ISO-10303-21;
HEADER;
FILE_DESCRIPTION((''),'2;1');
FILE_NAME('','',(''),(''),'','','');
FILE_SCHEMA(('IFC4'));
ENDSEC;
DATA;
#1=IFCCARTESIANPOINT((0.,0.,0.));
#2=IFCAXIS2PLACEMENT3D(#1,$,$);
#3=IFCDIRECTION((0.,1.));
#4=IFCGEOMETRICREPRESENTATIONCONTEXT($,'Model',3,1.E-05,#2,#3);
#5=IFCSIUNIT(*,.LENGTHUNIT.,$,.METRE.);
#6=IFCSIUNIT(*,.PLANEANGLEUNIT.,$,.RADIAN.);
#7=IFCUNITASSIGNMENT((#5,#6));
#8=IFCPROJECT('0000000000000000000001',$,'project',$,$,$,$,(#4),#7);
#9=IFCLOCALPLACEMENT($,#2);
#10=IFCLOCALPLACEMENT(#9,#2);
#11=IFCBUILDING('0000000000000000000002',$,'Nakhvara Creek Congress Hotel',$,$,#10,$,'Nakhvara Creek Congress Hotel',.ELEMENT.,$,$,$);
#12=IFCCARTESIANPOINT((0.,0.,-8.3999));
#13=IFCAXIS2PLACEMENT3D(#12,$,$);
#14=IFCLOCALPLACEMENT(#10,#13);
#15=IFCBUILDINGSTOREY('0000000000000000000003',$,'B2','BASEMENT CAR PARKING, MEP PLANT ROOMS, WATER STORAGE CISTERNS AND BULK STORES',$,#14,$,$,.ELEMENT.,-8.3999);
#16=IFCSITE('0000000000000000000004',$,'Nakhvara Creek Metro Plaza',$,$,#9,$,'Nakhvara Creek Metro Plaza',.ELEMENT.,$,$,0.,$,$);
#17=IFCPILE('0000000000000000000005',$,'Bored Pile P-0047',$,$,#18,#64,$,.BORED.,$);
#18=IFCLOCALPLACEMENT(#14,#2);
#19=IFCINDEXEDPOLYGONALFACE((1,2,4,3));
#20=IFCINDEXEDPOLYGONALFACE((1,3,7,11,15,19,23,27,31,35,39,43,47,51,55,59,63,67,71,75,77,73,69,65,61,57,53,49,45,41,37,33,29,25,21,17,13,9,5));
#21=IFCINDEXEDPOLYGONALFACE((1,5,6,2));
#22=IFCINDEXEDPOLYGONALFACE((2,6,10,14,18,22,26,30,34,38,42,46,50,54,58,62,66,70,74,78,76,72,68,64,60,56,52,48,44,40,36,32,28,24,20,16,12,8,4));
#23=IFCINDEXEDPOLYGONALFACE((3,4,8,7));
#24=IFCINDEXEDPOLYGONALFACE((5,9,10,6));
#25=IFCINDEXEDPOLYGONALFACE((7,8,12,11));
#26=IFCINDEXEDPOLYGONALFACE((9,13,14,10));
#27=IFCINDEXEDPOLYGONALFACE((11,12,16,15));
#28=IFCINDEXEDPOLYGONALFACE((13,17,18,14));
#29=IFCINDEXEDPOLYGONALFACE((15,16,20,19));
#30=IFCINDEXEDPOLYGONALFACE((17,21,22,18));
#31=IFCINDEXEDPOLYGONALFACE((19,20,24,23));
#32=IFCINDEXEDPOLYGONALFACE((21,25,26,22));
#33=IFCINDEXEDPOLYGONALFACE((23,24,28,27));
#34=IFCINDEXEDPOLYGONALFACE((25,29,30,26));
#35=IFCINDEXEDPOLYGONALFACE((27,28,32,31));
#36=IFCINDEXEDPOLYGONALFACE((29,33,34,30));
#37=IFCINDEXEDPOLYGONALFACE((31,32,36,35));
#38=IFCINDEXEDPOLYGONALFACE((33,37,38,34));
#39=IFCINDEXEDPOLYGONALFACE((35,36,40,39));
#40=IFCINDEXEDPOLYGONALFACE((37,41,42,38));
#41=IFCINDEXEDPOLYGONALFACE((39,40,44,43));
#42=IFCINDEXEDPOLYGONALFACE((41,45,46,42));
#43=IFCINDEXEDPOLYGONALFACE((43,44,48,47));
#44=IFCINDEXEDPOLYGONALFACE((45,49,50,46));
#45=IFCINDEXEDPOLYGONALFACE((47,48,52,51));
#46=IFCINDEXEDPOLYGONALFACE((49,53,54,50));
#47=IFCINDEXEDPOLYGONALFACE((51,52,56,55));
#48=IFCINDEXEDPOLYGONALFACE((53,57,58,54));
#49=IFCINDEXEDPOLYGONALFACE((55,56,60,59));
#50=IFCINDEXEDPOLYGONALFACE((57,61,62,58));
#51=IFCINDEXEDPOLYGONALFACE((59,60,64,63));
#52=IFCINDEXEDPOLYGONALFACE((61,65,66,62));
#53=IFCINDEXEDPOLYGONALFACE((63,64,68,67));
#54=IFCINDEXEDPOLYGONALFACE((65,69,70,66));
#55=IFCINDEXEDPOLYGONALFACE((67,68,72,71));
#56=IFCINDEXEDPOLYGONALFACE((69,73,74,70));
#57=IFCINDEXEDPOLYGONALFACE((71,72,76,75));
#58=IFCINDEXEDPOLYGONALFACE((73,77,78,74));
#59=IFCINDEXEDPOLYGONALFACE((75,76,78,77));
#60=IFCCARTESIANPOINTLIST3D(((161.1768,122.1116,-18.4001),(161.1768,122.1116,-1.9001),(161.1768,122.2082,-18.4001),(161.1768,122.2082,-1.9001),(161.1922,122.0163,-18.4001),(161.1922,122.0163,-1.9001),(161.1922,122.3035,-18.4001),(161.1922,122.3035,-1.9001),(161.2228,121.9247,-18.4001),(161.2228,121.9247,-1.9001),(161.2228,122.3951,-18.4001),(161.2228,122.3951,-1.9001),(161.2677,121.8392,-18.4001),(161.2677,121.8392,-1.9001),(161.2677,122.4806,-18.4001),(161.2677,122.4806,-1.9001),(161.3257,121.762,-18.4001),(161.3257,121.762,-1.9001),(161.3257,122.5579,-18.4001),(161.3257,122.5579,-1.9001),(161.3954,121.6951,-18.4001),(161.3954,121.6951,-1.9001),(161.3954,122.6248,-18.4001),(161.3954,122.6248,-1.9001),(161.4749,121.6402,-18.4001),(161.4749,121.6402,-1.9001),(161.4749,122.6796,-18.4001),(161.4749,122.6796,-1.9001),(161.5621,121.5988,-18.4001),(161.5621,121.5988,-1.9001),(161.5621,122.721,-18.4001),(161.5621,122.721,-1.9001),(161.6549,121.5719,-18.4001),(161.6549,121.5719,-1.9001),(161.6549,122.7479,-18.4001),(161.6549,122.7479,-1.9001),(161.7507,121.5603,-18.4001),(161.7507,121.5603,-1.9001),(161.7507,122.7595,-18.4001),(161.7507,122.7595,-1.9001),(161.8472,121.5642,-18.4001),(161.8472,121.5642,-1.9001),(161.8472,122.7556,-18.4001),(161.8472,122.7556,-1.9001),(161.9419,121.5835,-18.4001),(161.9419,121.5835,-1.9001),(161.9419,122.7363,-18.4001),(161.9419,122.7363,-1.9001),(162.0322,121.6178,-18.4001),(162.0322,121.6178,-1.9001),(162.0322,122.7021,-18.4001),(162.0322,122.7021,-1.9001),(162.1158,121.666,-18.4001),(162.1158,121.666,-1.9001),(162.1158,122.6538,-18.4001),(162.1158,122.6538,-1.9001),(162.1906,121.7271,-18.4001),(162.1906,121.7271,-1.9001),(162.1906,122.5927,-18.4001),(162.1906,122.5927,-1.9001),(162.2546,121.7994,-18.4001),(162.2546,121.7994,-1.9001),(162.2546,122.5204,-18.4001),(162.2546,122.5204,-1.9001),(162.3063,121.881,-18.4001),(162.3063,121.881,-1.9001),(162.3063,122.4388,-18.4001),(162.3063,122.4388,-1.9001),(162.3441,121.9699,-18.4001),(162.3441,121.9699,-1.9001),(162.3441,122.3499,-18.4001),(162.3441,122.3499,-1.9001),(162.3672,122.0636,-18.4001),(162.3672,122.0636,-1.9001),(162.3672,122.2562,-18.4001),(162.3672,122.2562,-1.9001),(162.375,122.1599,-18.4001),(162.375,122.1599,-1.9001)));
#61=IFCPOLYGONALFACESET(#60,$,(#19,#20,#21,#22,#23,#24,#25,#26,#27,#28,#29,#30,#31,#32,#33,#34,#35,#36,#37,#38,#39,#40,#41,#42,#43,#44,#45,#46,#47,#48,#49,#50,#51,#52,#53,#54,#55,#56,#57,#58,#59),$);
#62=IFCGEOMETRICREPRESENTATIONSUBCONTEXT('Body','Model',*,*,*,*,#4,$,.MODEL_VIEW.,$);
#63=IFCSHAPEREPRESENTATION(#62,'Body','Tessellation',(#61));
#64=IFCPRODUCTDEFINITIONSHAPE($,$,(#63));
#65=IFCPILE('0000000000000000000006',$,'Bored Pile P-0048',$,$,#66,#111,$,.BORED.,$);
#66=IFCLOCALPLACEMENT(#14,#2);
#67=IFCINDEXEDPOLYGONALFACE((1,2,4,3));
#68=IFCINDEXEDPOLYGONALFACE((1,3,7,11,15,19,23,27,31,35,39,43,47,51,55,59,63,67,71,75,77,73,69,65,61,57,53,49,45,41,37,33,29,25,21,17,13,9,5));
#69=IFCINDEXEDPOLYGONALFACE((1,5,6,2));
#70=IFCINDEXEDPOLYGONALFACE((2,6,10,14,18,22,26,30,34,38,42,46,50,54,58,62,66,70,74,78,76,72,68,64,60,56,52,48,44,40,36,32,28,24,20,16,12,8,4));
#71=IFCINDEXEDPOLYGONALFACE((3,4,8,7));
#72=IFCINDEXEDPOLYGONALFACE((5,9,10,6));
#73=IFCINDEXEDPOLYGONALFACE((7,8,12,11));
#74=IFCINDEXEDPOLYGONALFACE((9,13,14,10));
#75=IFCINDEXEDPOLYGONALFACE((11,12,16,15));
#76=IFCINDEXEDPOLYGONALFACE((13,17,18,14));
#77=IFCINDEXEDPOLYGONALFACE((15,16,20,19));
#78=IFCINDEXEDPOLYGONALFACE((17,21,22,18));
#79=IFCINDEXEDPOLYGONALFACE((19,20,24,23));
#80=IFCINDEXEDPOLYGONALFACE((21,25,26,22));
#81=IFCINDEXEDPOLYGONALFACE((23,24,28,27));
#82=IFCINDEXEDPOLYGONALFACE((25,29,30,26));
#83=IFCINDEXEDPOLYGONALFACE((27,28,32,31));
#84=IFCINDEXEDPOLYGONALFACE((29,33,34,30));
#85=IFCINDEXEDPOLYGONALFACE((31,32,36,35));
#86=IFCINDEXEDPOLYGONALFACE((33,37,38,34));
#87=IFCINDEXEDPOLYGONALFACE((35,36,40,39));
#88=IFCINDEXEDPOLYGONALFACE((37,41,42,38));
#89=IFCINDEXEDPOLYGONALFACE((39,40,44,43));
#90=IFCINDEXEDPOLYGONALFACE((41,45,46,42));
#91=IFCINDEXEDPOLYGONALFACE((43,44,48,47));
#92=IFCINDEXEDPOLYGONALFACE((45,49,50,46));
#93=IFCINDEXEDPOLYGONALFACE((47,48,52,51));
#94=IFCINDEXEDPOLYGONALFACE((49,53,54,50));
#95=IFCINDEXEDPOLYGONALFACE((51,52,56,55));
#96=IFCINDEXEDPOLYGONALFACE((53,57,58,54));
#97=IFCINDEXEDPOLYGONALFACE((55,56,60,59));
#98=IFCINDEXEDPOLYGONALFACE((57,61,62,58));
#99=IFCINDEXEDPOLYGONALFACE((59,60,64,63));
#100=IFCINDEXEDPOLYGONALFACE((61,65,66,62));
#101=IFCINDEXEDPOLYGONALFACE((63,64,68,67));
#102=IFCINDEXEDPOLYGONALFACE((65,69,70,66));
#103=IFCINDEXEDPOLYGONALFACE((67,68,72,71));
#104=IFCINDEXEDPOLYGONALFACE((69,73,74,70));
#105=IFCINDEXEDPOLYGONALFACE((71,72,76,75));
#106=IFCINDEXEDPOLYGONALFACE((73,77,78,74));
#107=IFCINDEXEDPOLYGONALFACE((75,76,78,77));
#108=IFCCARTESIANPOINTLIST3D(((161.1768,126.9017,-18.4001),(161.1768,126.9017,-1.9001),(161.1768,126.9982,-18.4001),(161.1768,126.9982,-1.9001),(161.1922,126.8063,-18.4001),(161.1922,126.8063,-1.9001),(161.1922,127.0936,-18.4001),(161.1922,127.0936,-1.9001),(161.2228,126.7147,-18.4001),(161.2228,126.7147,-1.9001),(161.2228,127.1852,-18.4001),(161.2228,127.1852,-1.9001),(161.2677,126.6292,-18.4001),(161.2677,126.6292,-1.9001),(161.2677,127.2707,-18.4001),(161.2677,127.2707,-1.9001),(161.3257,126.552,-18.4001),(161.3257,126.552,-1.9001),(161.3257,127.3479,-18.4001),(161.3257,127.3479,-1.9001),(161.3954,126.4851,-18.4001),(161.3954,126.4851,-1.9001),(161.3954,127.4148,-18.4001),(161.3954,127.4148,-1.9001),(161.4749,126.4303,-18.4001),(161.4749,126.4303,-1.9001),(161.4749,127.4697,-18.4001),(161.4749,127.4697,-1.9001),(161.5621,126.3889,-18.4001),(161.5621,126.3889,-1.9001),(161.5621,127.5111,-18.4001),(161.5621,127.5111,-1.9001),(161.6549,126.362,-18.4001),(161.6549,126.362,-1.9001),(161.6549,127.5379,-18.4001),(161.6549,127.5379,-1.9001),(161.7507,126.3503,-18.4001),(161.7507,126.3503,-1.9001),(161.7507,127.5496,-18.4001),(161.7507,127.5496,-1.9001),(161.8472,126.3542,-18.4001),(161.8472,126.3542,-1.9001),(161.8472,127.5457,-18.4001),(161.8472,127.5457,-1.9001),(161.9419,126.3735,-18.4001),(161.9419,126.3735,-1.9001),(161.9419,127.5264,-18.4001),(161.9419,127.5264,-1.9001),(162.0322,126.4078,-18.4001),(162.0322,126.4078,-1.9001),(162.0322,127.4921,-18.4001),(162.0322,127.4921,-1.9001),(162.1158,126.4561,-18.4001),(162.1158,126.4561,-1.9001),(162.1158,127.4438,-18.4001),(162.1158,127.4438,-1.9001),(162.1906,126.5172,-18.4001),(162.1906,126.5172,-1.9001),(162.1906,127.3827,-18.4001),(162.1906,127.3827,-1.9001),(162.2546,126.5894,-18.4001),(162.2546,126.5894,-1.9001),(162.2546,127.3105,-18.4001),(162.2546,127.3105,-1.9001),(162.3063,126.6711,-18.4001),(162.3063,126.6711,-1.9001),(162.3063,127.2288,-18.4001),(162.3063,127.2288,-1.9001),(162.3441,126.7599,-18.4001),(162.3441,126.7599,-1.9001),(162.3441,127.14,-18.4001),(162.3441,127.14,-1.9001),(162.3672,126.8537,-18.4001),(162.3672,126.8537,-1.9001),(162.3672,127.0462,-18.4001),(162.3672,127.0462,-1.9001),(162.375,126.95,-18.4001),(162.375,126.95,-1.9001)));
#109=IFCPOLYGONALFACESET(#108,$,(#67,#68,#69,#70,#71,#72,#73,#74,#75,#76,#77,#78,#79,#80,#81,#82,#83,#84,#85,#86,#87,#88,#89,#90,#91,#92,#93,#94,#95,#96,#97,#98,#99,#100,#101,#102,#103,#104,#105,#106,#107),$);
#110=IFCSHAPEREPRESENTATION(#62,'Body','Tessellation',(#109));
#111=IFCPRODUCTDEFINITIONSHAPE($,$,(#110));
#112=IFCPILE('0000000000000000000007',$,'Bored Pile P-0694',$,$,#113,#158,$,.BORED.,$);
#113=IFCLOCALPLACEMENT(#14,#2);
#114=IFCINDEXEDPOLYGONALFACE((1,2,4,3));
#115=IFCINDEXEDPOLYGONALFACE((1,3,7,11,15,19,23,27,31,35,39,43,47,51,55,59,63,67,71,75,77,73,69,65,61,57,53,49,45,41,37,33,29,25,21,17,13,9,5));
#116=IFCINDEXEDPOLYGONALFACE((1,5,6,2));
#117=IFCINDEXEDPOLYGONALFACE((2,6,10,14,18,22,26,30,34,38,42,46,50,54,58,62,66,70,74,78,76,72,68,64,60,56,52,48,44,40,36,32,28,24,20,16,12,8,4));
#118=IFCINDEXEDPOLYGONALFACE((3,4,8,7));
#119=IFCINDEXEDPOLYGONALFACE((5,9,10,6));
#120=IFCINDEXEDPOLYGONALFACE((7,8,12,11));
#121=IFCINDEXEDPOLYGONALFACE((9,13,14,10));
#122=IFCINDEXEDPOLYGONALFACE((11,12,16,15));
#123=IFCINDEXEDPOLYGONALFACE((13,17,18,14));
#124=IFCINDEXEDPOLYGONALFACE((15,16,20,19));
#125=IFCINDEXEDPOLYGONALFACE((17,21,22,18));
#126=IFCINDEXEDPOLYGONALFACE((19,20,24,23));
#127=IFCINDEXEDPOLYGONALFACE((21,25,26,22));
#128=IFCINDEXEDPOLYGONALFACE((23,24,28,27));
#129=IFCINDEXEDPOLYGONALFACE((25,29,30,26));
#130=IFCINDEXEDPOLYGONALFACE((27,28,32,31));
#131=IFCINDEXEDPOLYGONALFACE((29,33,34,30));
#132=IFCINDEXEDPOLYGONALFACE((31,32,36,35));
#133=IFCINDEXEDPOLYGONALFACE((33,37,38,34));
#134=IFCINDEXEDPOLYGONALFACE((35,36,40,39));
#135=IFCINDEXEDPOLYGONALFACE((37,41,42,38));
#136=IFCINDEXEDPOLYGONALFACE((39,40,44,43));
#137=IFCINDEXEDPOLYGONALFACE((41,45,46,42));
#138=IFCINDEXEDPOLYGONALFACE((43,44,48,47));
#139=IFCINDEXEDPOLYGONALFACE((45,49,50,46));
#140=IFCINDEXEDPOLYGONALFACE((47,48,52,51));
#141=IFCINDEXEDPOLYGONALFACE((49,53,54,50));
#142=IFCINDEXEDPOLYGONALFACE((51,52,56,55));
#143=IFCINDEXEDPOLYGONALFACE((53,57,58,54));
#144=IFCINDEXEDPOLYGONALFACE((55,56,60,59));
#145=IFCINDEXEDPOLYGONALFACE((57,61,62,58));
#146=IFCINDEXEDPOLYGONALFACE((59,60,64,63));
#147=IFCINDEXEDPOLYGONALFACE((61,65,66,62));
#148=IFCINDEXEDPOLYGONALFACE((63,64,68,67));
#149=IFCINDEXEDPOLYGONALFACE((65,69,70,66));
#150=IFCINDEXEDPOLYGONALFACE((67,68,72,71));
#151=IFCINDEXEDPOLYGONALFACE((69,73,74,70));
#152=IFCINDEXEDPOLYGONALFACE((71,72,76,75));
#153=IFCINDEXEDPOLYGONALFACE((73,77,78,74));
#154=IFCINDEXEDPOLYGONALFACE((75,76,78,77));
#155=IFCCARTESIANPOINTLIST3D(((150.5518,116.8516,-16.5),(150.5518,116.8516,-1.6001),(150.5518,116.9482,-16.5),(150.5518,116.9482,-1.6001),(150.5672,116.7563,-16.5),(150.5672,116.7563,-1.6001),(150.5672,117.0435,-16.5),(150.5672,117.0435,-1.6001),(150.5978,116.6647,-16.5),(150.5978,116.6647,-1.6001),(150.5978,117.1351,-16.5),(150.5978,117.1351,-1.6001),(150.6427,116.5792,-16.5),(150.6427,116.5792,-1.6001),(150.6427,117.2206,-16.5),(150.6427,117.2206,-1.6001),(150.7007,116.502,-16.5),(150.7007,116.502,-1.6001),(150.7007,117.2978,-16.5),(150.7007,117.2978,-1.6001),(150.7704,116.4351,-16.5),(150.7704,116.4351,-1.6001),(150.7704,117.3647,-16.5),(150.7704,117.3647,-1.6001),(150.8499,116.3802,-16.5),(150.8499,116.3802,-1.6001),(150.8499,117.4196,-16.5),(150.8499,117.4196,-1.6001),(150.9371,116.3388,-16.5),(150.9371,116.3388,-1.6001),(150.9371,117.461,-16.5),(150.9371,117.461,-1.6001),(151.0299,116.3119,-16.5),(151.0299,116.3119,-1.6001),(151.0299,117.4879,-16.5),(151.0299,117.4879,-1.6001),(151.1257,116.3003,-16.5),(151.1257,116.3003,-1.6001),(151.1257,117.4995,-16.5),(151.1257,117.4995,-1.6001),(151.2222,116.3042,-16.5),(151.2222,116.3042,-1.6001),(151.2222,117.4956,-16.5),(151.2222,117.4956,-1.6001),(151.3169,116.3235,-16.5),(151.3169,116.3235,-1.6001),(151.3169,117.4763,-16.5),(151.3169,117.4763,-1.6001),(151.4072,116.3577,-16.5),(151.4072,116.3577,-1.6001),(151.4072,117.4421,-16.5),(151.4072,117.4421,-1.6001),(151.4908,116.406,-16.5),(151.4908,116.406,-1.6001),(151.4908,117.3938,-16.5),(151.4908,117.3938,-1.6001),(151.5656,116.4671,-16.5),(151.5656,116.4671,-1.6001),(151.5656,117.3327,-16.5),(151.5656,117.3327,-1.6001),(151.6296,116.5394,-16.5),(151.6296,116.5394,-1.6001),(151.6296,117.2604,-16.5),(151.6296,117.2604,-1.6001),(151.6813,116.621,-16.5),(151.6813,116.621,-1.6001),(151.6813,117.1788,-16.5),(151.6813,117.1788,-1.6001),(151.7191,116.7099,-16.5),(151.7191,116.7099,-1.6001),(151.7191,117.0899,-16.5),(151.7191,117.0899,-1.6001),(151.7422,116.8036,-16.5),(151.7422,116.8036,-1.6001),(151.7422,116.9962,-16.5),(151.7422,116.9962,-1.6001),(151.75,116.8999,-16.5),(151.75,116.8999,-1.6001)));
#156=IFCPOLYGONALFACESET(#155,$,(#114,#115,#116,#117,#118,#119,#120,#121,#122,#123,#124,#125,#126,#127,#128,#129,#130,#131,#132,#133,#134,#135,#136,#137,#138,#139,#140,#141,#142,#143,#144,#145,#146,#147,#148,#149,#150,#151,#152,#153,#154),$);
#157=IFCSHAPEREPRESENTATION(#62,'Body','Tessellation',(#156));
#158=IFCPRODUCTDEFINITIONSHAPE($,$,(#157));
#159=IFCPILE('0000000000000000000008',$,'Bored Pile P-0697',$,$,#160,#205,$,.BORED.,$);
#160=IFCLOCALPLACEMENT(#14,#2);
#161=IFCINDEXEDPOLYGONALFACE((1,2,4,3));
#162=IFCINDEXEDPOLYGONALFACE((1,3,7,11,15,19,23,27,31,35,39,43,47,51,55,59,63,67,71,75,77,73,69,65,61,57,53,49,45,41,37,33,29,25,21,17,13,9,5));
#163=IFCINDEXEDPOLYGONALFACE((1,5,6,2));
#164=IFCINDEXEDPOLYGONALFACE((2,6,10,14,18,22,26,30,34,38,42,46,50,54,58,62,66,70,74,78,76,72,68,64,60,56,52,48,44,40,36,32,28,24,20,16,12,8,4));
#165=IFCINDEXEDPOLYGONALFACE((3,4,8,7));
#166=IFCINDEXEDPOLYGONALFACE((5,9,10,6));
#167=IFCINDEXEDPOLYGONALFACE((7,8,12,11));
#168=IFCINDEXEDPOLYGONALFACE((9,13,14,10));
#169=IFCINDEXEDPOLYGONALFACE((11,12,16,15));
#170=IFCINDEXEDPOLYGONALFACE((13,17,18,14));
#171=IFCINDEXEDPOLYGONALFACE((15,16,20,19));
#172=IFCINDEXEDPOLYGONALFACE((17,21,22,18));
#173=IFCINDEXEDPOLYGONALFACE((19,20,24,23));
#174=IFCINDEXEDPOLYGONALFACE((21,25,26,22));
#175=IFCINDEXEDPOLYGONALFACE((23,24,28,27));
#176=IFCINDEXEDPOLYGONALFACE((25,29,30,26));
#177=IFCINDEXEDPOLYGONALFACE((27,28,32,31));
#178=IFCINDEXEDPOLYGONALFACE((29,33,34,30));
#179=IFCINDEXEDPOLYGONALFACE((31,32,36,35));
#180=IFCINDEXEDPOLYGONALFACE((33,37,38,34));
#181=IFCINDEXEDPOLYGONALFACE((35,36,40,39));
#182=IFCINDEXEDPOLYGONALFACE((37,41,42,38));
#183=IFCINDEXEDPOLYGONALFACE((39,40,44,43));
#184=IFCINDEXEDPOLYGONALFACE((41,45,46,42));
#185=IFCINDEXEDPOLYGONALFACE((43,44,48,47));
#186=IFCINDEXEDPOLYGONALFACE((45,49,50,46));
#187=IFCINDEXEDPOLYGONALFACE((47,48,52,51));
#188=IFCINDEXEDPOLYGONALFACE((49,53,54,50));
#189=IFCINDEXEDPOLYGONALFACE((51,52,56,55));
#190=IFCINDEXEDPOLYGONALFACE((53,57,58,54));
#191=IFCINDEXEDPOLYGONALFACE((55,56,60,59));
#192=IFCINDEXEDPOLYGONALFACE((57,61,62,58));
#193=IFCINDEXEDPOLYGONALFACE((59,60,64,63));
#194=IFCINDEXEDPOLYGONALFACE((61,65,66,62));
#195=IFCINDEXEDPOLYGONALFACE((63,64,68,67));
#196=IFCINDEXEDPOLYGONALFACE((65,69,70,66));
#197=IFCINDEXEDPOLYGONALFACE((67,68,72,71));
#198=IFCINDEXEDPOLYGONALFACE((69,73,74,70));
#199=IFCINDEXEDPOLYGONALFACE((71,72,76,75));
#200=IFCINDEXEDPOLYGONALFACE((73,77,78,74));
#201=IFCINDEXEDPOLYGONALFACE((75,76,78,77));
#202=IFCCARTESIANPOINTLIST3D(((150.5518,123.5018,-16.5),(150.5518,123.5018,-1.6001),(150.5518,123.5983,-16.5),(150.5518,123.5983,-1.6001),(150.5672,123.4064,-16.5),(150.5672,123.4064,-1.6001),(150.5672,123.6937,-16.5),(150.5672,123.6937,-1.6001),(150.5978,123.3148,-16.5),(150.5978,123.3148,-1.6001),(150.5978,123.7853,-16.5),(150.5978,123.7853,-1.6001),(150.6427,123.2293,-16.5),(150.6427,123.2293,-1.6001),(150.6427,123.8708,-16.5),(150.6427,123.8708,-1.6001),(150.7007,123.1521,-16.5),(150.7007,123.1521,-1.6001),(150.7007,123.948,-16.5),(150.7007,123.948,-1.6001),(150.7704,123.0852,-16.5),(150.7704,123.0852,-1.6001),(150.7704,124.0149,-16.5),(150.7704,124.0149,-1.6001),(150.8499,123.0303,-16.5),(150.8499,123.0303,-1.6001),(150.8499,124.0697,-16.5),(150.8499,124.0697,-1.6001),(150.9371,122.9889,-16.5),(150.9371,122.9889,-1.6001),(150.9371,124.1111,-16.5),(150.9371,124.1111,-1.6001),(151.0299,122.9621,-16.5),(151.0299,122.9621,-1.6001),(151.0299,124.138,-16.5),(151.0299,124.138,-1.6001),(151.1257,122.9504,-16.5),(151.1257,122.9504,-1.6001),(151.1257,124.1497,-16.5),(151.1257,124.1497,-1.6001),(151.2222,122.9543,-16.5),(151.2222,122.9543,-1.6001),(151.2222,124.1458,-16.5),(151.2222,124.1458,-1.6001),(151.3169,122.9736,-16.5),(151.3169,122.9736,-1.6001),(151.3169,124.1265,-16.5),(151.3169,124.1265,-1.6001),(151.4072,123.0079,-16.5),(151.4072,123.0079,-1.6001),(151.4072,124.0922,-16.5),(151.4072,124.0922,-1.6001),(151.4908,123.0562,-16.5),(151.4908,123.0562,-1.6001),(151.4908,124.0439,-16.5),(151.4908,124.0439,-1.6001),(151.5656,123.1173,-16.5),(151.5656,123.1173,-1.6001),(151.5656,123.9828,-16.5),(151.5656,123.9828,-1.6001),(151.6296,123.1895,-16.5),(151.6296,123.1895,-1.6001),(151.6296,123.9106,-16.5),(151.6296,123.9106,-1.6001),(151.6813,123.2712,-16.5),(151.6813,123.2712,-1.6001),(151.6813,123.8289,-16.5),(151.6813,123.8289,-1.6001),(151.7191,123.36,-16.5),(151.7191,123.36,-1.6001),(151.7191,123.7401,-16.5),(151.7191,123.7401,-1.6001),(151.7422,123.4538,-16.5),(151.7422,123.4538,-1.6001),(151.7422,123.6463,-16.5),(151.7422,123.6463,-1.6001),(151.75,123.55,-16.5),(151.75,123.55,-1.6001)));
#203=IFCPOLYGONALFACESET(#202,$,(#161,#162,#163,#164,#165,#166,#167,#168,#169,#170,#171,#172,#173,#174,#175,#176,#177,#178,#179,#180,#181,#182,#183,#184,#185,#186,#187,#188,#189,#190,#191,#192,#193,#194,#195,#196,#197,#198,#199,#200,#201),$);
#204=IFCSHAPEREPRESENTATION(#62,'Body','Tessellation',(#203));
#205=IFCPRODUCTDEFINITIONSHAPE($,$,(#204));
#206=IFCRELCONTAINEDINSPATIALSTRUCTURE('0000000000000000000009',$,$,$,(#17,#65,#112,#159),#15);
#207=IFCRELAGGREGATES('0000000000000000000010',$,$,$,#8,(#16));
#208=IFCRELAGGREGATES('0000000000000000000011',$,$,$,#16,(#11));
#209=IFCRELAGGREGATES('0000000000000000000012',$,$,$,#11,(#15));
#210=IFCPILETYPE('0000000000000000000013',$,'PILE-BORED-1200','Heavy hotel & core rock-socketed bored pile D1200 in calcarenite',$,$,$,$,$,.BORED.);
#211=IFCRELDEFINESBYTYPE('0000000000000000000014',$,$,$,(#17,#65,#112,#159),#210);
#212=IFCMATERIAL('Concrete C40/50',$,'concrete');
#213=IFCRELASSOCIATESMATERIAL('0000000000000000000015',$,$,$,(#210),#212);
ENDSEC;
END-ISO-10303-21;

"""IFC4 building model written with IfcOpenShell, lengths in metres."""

from ifc_helpers import new_model, si_unit, direction, frame, origin, origin_2d, place, context, subcontext, project, spatial, circle, extrude, material, material_profile, profile_set, type_object, element, save


model = new_model("IFC4")

# Units and contexts
model_context = context("Model", 3, precision=1e-05, world=origin(), true_north=direction((0.0, 1.0)))
body_context = subcontext(model_context, "Body", "Model", "MODEL_VIEW")
ifc_project = project(units=[si_unit("LENGTHUNIT", "METRE"), si_unit("PLANEANGLEUNIT", "RADIAN")], contexts=[model_context])

# Site, building, storey
site_placement = place(None, origin())
site = spatial("IfcSite", under=ifc_project, at=site_placement, Name="Nakhvara Creek Metro Plaza", LongName="Nakhvara Creek Metro Plaza", CompositionType="ELEMENT", RefElevation=0.0)
building_placement = place(site_placement, origin())
building = spatial("IfcBuilding", under=site, at=building_placement, Name="Nakhvara Creek Congress Hotel", LongName="Nakhvara Creek Congress Hotel", CompositionType="ELEMENT")
storey_placement = place(building_placement, frame((0.0, 0.0, -8.3999)))
storey = spatial("IfcBuildingStorey", under=building, at=storey_placement, Name="B2", Description="BASEMENT CAR PARKING, MEP PLANT ROOMS, WATER STORAGE CISTERNS AND BULK STORES", CompositionType="ELEMENT", Elevation=-8.3999)

# Shared definitions
ifc_material_1 = material(Name="Concrete C40/50", Category="concrete")

# Piles
ifc_material_profile_1 = material_profile(ifc_material_1, circle(Radius=0.6001, at=origin_2d()), Name="BORED PILE D1200", Category="LoadBearing")
ifc_profile_set_1 = profile_set([ifc_material_profile_1], Name="Concrete C40/50")
pile_type = type_object("IfcPileType", Name="PILE-BORED-1200", Description="Heavy hotel & core rock-socketed bored pile D1200 in calcarenite", PredefinedType="BORED", material=ifc_profile_set_1)
for number, where, z_axis, x_axis, name in (
    (1, (161.7749, 122.1599, -1.9001), (0.0, 0.0, -1.0), (1.0, 0.0, 0.0), "Bored Pile P-0047"),
    (2, (161.7749, 126.95, -1.9001), (0.0, 0.0, -1.0), (1.0, 0.0, 0.0), "Bored Pile P-0048"),
):
    element("IfcPile", number, at=place(storey_placement, frame(where, z_axis=z_axis, x_axis=x_axis)), inside=storey, type_object=pile_type, Name=name, PredefinedType="BORED", context=body_context, shape_type="SweptSolid", body=[
        extrude(circle(Radius=0.6001, at=origin_2d()), origin(), (0.0, 0.0, 1.0), 16.5),
    ])
for number, where, z_axis, x_axis, name in (
    (3, (151.1499, 116.8999, -1.6001), (0.0, 0.0, -1.0), (1.0, 0.0, 0.0), "Bored Pile P-0694"),
    (4, (151.1499, 123.55, -1.6001), (0.0, 0.0, -1.0), (1.0, 0.0, 0.0), "Bored Pile P-0697"),
):
    element("IfcPile", number, at=place(storey_placement, frame(where, z_axis=z_axis, x_axis=x_axis)), inside=storey, type_object=pile_type, Name=name, PredefinedType="BORED", context=body_context, shape_type="SweptSolid", body=[
        extrude(circle(Radius=0.6001, at=origin_2d()), origin(), (0.0, 0.0, 1.0), 14.8999),
    ])

save(model, "model.ifc")
